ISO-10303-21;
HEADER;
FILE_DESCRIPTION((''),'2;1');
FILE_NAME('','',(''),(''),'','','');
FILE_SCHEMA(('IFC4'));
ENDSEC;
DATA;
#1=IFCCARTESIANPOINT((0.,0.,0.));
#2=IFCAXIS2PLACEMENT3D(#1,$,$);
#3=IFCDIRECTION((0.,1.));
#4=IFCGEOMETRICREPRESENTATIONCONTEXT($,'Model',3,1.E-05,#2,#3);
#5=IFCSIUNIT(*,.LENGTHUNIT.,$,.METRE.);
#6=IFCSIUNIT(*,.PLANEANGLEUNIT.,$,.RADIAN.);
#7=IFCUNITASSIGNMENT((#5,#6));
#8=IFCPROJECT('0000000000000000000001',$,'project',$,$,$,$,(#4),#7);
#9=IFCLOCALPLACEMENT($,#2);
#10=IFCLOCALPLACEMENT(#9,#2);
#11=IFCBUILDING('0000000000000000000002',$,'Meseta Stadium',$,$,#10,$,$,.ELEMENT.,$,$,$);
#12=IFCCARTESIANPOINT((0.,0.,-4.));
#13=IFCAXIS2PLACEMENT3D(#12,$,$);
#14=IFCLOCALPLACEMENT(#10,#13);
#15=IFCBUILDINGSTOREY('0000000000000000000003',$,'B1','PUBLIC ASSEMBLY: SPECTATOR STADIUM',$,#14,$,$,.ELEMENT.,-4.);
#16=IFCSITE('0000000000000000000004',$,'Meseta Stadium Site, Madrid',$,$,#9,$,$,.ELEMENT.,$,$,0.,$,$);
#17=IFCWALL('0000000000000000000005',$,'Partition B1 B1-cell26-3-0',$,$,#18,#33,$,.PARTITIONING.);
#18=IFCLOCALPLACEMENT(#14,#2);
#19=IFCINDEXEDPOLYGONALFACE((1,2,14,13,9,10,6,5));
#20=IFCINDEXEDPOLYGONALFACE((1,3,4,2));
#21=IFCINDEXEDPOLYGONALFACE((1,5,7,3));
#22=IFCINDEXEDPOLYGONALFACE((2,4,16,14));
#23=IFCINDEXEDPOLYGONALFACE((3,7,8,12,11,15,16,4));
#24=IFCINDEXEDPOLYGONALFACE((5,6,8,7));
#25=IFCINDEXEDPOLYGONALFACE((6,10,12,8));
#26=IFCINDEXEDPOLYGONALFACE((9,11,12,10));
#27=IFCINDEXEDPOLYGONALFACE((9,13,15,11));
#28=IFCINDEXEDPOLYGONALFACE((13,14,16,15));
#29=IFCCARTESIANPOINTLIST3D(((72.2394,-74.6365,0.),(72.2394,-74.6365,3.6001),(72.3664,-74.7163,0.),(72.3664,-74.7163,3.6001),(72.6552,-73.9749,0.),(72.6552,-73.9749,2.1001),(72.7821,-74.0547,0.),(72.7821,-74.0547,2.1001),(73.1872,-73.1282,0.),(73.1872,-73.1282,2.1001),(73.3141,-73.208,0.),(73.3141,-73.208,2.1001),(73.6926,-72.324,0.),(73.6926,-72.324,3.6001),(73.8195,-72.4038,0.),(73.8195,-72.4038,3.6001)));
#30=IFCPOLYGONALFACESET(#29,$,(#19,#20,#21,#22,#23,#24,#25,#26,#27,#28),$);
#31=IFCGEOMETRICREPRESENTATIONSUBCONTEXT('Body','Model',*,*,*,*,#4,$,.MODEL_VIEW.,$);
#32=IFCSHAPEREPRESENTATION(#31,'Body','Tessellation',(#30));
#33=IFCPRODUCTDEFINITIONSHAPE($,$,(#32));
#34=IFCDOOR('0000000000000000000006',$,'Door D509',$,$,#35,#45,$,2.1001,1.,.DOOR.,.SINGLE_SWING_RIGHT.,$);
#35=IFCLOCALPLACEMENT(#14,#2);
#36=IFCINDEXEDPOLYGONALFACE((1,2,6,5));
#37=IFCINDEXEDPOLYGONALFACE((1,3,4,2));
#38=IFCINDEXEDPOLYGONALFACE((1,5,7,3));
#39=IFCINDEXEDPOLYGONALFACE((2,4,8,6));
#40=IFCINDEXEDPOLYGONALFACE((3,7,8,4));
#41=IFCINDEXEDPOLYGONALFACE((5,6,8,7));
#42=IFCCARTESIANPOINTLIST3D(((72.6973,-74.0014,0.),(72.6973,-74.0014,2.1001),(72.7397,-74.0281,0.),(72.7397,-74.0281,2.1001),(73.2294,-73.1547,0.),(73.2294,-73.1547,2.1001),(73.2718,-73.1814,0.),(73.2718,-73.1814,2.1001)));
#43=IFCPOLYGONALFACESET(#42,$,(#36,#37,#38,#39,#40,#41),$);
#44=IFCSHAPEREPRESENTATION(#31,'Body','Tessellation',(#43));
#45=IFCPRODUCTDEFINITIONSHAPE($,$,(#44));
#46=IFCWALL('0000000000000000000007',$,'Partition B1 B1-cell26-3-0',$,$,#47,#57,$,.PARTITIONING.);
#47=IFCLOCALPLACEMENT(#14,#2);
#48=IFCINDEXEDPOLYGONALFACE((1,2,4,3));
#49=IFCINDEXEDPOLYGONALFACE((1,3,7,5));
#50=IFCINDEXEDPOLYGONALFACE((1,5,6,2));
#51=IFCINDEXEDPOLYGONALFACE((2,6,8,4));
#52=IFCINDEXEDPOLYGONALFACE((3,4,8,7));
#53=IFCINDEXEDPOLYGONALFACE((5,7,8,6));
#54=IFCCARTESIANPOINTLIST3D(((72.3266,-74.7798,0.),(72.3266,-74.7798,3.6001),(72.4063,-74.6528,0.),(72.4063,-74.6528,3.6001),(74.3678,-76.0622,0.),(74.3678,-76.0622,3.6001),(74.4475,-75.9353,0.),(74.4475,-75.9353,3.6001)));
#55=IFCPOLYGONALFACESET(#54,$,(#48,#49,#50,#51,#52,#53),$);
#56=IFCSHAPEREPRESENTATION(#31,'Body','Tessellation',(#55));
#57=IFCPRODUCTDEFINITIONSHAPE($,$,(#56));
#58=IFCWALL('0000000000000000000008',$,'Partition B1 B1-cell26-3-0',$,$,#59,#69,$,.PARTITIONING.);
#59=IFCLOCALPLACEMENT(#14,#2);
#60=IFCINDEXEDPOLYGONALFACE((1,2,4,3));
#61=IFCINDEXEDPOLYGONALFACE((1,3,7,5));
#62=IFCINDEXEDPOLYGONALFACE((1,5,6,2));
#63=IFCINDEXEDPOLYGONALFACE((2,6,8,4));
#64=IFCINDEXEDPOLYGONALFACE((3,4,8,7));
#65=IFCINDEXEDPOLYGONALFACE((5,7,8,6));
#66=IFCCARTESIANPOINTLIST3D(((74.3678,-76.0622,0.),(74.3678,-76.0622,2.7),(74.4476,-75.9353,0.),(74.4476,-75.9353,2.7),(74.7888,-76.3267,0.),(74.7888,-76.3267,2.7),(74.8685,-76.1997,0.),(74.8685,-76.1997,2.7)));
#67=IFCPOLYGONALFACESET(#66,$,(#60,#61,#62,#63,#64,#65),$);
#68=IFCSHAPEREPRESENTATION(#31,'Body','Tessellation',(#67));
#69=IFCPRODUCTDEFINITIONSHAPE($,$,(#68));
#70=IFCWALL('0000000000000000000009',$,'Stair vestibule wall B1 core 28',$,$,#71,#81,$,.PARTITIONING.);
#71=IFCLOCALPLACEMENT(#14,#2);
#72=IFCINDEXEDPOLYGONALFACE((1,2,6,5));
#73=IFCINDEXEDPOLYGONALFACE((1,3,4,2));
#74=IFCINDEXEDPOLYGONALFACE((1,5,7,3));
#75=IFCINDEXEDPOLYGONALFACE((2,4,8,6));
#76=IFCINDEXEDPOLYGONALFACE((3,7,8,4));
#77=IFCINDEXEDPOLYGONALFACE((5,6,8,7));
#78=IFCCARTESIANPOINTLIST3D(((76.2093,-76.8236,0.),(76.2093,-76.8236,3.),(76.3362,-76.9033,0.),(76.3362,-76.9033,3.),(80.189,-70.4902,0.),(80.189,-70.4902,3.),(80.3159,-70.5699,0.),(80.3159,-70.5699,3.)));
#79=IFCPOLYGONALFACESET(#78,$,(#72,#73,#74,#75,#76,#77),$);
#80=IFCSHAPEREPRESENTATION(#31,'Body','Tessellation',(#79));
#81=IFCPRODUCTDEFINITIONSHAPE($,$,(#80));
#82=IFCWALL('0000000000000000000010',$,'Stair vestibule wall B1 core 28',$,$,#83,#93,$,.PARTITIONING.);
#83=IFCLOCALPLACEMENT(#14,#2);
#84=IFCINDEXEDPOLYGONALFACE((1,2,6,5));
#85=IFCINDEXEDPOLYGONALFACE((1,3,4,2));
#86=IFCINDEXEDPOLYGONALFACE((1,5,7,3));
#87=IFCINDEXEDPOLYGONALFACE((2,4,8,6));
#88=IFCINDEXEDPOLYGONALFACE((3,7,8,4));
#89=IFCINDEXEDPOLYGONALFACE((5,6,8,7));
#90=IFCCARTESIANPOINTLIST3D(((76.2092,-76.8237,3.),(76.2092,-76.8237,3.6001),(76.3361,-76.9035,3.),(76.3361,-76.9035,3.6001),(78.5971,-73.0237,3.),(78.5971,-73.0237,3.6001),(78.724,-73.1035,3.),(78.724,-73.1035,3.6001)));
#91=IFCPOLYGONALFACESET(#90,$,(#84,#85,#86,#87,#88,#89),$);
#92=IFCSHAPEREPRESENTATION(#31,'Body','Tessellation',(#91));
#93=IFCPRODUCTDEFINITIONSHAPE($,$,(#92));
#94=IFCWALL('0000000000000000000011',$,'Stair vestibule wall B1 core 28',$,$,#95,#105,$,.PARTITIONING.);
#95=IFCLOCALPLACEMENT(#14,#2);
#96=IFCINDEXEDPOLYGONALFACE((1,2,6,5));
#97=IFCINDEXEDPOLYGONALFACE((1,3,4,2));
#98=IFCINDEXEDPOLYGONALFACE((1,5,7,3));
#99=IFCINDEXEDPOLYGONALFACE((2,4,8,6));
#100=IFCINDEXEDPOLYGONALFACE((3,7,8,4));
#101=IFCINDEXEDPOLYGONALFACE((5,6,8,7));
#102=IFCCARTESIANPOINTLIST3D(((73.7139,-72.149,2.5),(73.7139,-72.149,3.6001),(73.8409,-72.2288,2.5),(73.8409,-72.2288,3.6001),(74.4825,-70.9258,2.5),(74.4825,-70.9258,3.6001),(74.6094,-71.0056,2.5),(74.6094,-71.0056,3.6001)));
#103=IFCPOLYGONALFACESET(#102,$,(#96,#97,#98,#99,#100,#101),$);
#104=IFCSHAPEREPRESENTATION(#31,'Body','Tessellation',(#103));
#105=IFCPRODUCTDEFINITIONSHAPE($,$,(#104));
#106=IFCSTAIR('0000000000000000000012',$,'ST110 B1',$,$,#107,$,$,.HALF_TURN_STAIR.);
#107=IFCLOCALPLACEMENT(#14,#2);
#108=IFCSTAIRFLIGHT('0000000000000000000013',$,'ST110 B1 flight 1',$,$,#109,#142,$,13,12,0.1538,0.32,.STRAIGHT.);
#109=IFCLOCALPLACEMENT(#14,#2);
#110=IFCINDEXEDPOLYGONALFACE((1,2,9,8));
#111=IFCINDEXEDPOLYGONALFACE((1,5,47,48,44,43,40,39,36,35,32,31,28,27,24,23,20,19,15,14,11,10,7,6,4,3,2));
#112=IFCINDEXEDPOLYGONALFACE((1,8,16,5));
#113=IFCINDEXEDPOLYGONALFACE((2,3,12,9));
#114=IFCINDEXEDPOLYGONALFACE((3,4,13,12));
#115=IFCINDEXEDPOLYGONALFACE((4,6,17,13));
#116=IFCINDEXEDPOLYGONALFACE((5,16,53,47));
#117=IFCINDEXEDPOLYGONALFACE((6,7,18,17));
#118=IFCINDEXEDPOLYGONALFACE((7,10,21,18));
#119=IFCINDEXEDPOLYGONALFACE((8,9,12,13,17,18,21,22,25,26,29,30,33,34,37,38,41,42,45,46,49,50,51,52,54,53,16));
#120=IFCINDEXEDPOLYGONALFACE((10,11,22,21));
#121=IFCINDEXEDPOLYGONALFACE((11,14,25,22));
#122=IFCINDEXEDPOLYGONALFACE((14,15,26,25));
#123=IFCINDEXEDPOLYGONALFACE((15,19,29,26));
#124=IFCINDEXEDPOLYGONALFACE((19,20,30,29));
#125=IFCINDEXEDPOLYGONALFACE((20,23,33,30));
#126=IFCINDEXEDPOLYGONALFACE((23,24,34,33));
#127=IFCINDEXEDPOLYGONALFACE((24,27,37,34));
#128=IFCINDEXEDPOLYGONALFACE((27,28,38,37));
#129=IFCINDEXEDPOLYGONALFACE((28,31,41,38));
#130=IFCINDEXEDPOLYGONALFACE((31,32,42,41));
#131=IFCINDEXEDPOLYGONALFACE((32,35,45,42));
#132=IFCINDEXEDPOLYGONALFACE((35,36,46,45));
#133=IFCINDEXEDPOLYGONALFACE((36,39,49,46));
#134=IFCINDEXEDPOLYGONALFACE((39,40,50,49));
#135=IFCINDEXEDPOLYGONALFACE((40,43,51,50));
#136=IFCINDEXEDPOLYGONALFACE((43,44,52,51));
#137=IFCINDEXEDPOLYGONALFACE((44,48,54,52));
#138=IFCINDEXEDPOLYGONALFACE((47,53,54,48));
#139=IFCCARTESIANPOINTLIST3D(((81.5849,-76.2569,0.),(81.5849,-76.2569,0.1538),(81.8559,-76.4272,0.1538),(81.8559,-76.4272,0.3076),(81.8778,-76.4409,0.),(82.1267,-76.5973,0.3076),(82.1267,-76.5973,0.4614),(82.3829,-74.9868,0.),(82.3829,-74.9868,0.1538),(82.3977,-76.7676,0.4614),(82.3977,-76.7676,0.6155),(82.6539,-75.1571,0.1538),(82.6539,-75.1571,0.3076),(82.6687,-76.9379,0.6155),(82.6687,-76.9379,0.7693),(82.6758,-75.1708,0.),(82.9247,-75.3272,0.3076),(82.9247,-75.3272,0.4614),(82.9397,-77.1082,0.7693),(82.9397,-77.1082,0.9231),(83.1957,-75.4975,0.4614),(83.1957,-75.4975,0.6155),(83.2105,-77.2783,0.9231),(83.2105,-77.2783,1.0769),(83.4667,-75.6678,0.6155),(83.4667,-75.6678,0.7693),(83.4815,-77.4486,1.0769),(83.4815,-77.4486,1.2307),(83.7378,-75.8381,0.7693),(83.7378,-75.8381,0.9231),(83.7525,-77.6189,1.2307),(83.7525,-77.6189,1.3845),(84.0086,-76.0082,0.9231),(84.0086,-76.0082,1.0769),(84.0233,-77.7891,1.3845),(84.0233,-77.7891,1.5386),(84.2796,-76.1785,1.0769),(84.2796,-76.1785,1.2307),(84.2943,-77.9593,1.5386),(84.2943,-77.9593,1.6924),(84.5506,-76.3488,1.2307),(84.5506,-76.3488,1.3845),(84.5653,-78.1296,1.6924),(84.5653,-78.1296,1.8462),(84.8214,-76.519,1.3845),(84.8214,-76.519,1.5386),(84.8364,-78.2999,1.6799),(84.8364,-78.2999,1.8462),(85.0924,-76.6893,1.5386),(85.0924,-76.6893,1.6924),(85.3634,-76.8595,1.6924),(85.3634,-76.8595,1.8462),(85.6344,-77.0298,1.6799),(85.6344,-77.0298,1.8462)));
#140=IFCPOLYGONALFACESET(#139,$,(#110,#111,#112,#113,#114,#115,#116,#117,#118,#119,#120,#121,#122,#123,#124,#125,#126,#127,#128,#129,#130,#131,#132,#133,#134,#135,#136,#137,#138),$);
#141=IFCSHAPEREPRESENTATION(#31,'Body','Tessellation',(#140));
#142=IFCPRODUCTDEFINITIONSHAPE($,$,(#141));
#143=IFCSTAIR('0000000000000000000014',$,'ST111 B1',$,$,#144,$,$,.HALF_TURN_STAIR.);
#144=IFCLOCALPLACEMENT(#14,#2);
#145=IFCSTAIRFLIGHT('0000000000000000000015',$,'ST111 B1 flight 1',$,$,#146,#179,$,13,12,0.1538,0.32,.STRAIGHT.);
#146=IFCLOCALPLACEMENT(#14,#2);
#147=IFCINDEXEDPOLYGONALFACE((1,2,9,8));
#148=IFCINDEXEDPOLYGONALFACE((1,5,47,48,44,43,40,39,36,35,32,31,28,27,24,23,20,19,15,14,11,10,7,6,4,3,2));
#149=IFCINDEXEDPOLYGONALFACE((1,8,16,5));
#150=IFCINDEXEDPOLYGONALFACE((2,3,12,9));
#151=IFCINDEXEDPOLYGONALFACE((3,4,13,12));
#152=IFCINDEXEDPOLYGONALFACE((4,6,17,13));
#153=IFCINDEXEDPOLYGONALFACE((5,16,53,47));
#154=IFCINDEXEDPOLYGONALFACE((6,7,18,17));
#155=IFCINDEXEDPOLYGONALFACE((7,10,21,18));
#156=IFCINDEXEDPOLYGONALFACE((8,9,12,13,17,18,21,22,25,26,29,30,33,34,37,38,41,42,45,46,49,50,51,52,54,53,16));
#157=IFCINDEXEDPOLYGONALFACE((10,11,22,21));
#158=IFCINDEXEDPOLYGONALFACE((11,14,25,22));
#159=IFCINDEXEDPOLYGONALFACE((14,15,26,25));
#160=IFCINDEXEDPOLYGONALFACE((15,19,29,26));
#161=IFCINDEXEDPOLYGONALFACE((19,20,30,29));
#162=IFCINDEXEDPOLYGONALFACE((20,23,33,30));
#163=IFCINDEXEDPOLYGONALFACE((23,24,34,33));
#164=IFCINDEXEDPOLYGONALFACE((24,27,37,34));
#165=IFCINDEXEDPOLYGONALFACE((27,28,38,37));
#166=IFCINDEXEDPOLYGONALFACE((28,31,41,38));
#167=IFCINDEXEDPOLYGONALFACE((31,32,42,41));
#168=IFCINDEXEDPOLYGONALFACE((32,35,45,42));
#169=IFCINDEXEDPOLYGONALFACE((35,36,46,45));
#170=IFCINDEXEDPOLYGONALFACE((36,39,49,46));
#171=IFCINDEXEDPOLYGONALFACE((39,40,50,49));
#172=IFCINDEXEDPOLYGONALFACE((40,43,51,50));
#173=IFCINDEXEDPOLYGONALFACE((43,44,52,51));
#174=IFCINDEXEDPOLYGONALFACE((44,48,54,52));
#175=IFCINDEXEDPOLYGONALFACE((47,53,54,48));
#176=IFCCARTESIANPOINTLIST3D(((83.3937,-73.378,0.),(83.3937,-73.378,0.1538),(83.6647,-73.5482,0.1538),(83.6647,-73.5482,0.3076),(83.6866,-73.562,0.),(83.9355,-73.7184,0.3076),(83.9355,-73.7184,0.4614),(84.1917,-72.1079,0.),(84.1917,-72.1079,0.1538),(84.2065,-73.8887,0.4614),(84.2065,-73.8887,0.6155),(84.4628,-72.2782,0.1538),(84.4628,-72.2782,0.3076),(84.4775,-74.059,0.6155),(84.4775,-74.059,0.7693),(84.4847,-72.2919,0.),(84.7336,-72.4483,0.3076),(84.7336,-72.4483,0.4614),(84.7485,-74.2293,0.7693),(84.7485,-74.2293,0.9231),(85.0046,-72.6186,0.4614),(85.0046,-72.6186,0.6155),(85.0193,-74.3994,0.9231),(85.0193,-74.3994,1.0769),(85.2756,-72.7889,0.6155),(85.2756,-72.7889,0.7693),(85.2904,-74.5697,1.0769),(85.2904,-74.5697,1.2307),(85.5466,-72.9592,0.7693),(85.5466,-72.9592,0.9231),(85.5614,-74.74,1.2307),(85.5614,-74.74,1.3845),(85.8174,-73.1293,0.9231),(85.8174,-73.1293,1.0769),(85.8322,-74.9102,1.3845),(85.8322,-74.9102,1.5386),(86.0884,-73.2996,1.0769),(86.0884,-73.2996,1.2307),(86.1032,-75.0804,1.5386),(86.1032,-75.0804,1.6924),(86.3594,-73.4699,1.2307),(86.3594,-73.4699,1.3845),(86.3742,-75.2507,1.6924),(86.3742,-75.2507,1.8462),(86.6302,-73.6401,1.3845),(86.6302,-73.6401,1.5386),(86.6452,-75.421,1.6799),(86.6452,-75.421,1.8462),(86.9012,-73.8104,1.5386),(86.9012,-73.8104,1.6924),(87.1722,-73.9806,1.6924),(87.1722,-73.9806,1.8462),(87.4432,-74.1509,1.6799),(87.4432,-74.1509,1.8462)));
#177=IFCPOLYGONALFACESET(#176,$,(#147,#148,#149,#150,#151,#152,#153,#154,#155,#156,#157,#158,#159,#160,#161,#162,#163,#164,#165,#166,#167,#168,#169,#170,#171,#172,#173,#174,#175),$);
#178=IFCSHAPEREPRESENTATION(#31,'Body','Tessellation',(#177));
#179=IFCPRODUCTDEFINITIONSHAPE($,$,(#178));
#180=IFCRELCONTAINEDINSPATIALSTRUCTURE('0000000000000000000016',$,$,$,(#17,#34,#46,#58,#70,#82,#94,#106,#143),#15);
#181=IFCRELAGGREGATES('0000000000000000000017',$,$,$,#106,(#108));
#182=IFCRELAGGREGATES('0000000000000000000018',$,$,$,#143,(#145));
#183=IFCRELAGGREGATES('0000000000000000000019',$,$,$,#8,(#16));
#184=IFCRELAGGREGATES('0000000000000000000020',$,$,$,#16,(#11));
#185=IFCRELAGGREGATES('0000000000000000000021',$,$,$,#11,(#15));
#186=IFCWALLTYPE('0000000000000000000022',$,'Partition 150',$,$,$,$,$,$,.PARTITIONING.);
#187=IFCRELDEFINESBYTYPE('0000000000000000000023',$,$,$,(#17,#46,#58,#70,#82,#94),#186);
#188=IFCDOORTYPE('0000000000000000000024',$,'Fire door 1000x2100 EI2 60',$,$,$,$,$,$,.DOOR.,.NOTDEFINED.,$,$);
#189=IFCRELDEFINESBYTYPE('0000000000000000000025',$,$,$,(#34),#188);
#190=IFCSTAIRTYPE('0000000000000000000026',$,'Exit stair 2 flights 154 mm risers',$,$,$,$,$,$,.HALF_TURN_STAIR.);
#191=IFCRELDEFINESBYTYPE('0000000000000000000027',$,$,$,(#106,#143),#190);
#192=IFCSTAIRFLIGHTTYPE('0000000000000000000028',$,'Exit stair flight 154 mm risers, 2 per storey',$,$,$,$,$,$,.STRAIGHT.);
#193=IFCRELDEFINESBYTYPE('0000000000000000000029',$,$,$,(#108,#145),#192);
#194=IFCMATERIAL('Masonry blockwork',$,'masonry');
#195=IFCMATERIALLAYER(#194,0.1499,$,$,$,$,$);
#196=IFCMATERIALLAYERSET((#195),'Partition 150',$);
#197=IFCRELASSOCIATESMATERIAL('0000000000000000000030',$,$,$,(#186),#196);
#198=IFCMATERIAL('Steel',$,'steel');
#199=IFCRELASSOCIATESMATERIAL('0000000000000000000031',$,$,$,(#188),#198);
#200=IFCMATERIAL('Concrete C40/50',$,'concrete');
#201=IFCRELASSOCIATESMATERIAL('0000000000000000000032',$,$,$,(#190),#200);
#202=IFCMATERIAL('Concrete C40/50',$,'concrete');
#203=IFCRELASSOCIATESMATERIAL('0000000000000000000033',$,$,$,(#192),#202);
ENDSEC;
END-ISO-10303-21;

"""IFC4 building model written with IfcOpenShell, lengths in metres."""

from ifc_helpers import new_model, si_unit, direction, frame, frame_2d, origin, place, context, subcontext, project, spatial, polyline, rectangle, outline, extrude, material, layer, layer_set, type_object, element, fill, aggregate, save


model = new_model("IFC4")

# Units and contexts
model_context = context("Model", 3, precision=1e-05, world=origin(), true_north=direction((0.0, 1.0)))
body_context = subcontext(model_context, "Body", "Model", "MODEL_VIEW")
ifc_project = project(units=[si_unit("LENGTHUNIT", "METRE"), si_unit("PLANEANGLEUNIT", "RADIAN")], contexts=[model_context])

# Site, building, storey
site_placement = place(None, origin())
site = spatial("IfcSite", under=ifc_project, at=site_placement, Name="Meseta Stadium Site, Madrid", CompositionType="ELEMENT", RefElevation=0.0)
building_placement = place(site_placement, origin())
building = spatial("IfcBuilding", under=site, at=building_placement, Name="Meseta Stadium", CompositionType="ELEMENT")
storey_placement = place(building_placement, frame((0.0, 0.0, -4.0)))
storey = spatial("IfcBuildingStorey", under=building, at=storey_placement, Name="B1", Description="PUBLIC ASSEMBLY: SPECTATOR STADIUM", CompositionType="ELEMENT", Elevation=-4.0)

# Shared definitions
ifc_material_1 = material(Name="Masonry blockwork", Category="masonry")
ifc_layer_1 = layer(ifc_material_1, 0.1499)
ifc_layer_set_1 = layer_set([ifc_layer_1], Name="Partition 150")
wall_type_1 = type_object("IfcWallType", Name="Partition 150", PredefinedType="PARTITIONING", material=ifc_layer_set_1)

# Wall, opening, door
wall_1_placement = place(storey_placement, frame((73.7561, -72.3638, 0.0), z_axis=(0.0, 0.0, 1.0), x_axis=(-0.532054, -0.84671, 0.0)))
wall_1 = element("IfcWall", 1, at=wall_1_placement, inside=storey, type_object=wall_type_1, Name="Partition B1 B1-cell26-3-0", PredefinedType="PARTITIONING", context=body_context, shape_type="SweptSolid", body=[
    extrude(rectangle(XDim=2.7312, YDim=0.1499, at=frame_2d((1.3657, 0.0))), origin(), (0.0, 0.0, 1.0), 3.6001),
])
opening_1_placement = place(wall_1_placement, frame((0.95, 0.0, 0.0)))
opening_1 = element("IfcOpeningElement", 2, at=opening_1_placement, cuts=wall_1, PredefinedType="OPENING", context=body_context, shape_type="SweptSolid", body=[
    extrude(rectangle(XDim=1.0, YDim=2.1001, at=frame_2d((0.5, 1.05))), frame((0.0, 0.085, 0.0), z_axis=(0.0, -1.0, 0.0), x_axis=(1.0, 0.0, 0.0)), (0.0, 0.0, 1.0), 0.1699),
])
ifc_material_2 = material(Name="Steel", Category="steel")
door_type_1 = type_object("IfcDoorType", Name="Fire door 1000x2100 EI2 60", OperationType="NOTDEFINED", PredefinedType="DOOR", material=ifc_material_2)
door_1_placement = place(opening_1_placement, origin())
door_1 = element("IfcDoor", 3, at=door_1_placement, inside=storey, type_object=door_type_1, Name="Door D509", OperationType="SINGLE_SWING_RIGHT", OverallHeight=2.1001, OverallWidth=1.0, PredefinedType="DOOR", context=body_context, shape_type="SweptSolid", body=[
    extrude(rectangle(XDim=1.0, YDim=2.1001, at=frame_2d((0.5, 1.05))), frame((0.0, 0.0249, 0.0), z_axis=(0.0, -1.0, 0.0), x_axis=(1.0, 0.0, 0.0)), (0.0, 0.0, 1.0), 0.05),
])
fill(opening_1, door_1)

# Walls
wall_2_placement = place(storey_placement, frame((72.3665, -74.7163, 0.0), z_axis=(0.0, 0.0, 1.0), x_axis=(0.84675, -0.531991, 0.0)))
element("IfcWall", 4, at=wall_2_placement, inside=storey, type_object=wall_type_1, Name="Partition B1 B1-cell26-3-0", PredefinedType="PARTITIONING", context=body_context, shape_type="SweptSolid", body=[
    extrude(rectangle(XDim=2.4106, YDim=0.1499, at=frame_2d((1.2053, 0.0))), origin(), (0.0, 0.0, 1.0), 3.6001),
])
wall_3_placement = place(storey_placement, frame((74.4077, -75.9988, 0.0), z_axis=(0.0, 0.0, 1.0), x_axis=(0.846782, -0.53194, 0.0)))
element("IfcWall", 5, at=wall_3_placement, inside=storey, type_object=wall_type_1, Name="Partition B1 B1-cell26-3-0", PredefinedType="PARTITIONING", context=body_context, shape_type="SweptSolid", body=[
    extrude(rectangle(XDim=0.4971, YDim=0.1499, at=frame_2d((0.2485, 0.0))), origin(), (0.0, 0.0, 1.0), 2.7),
])
wall_4_placement = place(storey_placement, frame((80.2524, -70.53, 0.0), z_axis=(0.0, 0.0, 1.0), x_axis=(-0.532045, -0.846716, 0.0)))
element("IfcWall", 6, at=wall_4_placement, inside=storey, type_object=wall_type_1, Name="Stair vestibule wall B1 core 28", PredefinedType="PARTITIONING", context=body_context, shape_type="SweptSolid", body=[
    extrude(rectangle(XDim=7.48, YDim=0.1499, at=frame_2d((3.74, 0.0))), origin(), (0.0, 0.0, 1.0), 3.0),
])
wall_5_placement = place(storey_placement, frame((78.6606, -73.0635, 3.0), z_axis=(0.0, 0.0, 1.0), x_axis=(-0.532066, -0.846703, 0.0)))
element("IfcWall", 7, at=wall_5_placement, inside=storey, type_object=wall_type_1, Name="Stair vestibule wall B1 core 28", PredefinedType="PARTITIONING", context=body_context, shape_type="SweptSolid", body=[
    extrude(rectangle(XDim=4.488, YDim=0.1499, at=frame_2d((2.2441, 0.0))), origin(), (0.0, 0.0, 1.0), 0.6001),
])
wall_6_placement = place(storey_placement, frame((74.5459, -70.9658, 2.5), z_axis=(0.0, 0.0, 1.0), x_axis=(-0.532033, -0.846724, 0.0)))
element("IfcWall", 8, at=wall_6_placement, inside=storey, type_object=wall_type_1, Name="Stair vestibule wall B1 core 28", PredefinedType="PARTITIONING", context=body_context, shape_type="SweptSolid", body=[
    extrude(rectangle(XDim=1.4446, YDim=0.1499, at=frame_2d((0.7222, 0.0))), origin(), (0.0, 0.0, 1.0), 1.1001),
])

# Stairs, stair flights
ifc_material_3 = material(Name="Concrete C40/50", Category="concrete")
stair_type = type_object("IfcStairType", Name="Exit stair 2 flights 154 mm risers", PredefinedType="HALF_TURN_STAIR", material=ifc_material_3)
stair_1_placement = place(storey_placement, origin())
stair_1 = element("IfcStair", 9, at=stair_1_placement, inside=storey, type_object=stair_type, Name="ST110 B1", PredefinedType="HALF_TURN_STAIR")
ifc_material_4 = material(Name="Concrete C40/50", Category="concrete")
stair_flight_type = type_object("IfcStairFlightType", Name="Exit stair flight 154 mm risers, 2 per storey", PredefinedType="STRAIGHT", material=ifc_material_4)
stair_flight_1_placement = place(storey_placement, frame((81.9839, -75.6218, 0.0), z_axis=(0.0, 0.0, 1.0), x_axis=(0.846724, -0.532032, 0.0)))
stair_flight_1 = element("IfcStairFlight", 10, at=stair_flight_1_placement, type_object=stair_flight_type, Name="ST110 B1 flight 1", NumberOfRisers=13, NumberOfTreads=12, PredefinedType="STRAIGHT", RiserHeight=0.1538, TreadLength=0.32, context=body_context, shape_type="SweptSolid", body=[
    extrude(outline(polyline([(0.0, 0.0), (0.0, 0.1538), (0.3201, 0.1538), (0.3201, 0.3076), (0.6399, 0.3076), (0.6399, 0.4614), (0.96, 0.4614), (0.96, 0.6155), (1.28, 0.6155), (1.28, 0.7693), (1.6001, 0.7693), (1.6001, 0.9231), (1.9199, 0.9231), (1.9199, 1.0769), (2.24, 1.0769), (2.24, 1.2307), (2.5601, 1.2307), (2.5601, 1.3845), (2.8799, 1.3845), (2.8799, 1.5386), (3.2, 1.5386), (3.2, 1.6924), (3.52, 1.6924), (3.52, 1.8462), (3.8401, 1.8462), (3.8401, 1.6799), (0.3459, 0.0), (0.0, 0.0)])), frame((0.0, 0.75, 0.0), z_axis=(0.0, -1.0, 0.0), x_axis=(1.0, 0.0, 0.0)), (0.0, 0.0, 1.0), 1.5),
])
aggregate(stair_1, [stair_flight_1])
stair_2_placement = place(storey_placement, origin())
stair_2 = element("IfcStair", 11, at=stair_2_placement, inside=storey, type_object=stair_type, Name="ST111 B1", PredefinedType="HALF_TURN_STAIR")
stair_flight_2_placement = place(storey_placement, frame((83.7927, -72.7429, 0.0), z_axis=(0.0, 0.0, 1.0), x_axis=(0.846724, -0.532032, 0.0)))
stair_flight_2 = element("IfcStairFlight", 12, at=stair_flight_2_placement, type_object=stair_flight_type, Name="ST111 B1 flight 1", NumberOfRisers=13, NumberOfTreads=12, PredefinedType="STRAIGHT", RiserHeight=0.1538, TreadLength=0.32, context=body_context, shape_type="SweptSolid", body=[
    extrude(outline(polyline([(0.0, 0.0), (0.0, 0.1538), (0.3201, 0.1538), (0.3201, 0.3076), (0.6399, 0.3076), (0.6399, 0.4614), (0.96, 0.4614), (0.96, 0.6155), (1.28, 0.6155), (1.28, 0.7693), (1.6001, 0.7693), (1.6001, 0.9231), (1.9199, 0.9231), (1.9199, 1.0769), (2.24, 1.0769), (2.24, 1.2307), (2.5601, 1.2307), (2.5601, 1.3845), (2.8799, 1.3845), (2.8799, 1.5386), (3.2, 1.5386), (3.2, 1.6924), (3.52, 1.6924), (3.52, 1.8462), (3.8401, 1.8462), (3.8401, 1.6799), (0.3459, 0.0), (0.0, 0.0)])), frame((0.0, 0.75, 0.0), z_axis=(0.0, -1.0, 0.0), x_axis=(1.0, 0.0, 0.0)), (0.0, 0.0, 1.0), 1.5),
])
aggregate(stair_2, [stair_flight_2])

save(model, "model.ifc")
